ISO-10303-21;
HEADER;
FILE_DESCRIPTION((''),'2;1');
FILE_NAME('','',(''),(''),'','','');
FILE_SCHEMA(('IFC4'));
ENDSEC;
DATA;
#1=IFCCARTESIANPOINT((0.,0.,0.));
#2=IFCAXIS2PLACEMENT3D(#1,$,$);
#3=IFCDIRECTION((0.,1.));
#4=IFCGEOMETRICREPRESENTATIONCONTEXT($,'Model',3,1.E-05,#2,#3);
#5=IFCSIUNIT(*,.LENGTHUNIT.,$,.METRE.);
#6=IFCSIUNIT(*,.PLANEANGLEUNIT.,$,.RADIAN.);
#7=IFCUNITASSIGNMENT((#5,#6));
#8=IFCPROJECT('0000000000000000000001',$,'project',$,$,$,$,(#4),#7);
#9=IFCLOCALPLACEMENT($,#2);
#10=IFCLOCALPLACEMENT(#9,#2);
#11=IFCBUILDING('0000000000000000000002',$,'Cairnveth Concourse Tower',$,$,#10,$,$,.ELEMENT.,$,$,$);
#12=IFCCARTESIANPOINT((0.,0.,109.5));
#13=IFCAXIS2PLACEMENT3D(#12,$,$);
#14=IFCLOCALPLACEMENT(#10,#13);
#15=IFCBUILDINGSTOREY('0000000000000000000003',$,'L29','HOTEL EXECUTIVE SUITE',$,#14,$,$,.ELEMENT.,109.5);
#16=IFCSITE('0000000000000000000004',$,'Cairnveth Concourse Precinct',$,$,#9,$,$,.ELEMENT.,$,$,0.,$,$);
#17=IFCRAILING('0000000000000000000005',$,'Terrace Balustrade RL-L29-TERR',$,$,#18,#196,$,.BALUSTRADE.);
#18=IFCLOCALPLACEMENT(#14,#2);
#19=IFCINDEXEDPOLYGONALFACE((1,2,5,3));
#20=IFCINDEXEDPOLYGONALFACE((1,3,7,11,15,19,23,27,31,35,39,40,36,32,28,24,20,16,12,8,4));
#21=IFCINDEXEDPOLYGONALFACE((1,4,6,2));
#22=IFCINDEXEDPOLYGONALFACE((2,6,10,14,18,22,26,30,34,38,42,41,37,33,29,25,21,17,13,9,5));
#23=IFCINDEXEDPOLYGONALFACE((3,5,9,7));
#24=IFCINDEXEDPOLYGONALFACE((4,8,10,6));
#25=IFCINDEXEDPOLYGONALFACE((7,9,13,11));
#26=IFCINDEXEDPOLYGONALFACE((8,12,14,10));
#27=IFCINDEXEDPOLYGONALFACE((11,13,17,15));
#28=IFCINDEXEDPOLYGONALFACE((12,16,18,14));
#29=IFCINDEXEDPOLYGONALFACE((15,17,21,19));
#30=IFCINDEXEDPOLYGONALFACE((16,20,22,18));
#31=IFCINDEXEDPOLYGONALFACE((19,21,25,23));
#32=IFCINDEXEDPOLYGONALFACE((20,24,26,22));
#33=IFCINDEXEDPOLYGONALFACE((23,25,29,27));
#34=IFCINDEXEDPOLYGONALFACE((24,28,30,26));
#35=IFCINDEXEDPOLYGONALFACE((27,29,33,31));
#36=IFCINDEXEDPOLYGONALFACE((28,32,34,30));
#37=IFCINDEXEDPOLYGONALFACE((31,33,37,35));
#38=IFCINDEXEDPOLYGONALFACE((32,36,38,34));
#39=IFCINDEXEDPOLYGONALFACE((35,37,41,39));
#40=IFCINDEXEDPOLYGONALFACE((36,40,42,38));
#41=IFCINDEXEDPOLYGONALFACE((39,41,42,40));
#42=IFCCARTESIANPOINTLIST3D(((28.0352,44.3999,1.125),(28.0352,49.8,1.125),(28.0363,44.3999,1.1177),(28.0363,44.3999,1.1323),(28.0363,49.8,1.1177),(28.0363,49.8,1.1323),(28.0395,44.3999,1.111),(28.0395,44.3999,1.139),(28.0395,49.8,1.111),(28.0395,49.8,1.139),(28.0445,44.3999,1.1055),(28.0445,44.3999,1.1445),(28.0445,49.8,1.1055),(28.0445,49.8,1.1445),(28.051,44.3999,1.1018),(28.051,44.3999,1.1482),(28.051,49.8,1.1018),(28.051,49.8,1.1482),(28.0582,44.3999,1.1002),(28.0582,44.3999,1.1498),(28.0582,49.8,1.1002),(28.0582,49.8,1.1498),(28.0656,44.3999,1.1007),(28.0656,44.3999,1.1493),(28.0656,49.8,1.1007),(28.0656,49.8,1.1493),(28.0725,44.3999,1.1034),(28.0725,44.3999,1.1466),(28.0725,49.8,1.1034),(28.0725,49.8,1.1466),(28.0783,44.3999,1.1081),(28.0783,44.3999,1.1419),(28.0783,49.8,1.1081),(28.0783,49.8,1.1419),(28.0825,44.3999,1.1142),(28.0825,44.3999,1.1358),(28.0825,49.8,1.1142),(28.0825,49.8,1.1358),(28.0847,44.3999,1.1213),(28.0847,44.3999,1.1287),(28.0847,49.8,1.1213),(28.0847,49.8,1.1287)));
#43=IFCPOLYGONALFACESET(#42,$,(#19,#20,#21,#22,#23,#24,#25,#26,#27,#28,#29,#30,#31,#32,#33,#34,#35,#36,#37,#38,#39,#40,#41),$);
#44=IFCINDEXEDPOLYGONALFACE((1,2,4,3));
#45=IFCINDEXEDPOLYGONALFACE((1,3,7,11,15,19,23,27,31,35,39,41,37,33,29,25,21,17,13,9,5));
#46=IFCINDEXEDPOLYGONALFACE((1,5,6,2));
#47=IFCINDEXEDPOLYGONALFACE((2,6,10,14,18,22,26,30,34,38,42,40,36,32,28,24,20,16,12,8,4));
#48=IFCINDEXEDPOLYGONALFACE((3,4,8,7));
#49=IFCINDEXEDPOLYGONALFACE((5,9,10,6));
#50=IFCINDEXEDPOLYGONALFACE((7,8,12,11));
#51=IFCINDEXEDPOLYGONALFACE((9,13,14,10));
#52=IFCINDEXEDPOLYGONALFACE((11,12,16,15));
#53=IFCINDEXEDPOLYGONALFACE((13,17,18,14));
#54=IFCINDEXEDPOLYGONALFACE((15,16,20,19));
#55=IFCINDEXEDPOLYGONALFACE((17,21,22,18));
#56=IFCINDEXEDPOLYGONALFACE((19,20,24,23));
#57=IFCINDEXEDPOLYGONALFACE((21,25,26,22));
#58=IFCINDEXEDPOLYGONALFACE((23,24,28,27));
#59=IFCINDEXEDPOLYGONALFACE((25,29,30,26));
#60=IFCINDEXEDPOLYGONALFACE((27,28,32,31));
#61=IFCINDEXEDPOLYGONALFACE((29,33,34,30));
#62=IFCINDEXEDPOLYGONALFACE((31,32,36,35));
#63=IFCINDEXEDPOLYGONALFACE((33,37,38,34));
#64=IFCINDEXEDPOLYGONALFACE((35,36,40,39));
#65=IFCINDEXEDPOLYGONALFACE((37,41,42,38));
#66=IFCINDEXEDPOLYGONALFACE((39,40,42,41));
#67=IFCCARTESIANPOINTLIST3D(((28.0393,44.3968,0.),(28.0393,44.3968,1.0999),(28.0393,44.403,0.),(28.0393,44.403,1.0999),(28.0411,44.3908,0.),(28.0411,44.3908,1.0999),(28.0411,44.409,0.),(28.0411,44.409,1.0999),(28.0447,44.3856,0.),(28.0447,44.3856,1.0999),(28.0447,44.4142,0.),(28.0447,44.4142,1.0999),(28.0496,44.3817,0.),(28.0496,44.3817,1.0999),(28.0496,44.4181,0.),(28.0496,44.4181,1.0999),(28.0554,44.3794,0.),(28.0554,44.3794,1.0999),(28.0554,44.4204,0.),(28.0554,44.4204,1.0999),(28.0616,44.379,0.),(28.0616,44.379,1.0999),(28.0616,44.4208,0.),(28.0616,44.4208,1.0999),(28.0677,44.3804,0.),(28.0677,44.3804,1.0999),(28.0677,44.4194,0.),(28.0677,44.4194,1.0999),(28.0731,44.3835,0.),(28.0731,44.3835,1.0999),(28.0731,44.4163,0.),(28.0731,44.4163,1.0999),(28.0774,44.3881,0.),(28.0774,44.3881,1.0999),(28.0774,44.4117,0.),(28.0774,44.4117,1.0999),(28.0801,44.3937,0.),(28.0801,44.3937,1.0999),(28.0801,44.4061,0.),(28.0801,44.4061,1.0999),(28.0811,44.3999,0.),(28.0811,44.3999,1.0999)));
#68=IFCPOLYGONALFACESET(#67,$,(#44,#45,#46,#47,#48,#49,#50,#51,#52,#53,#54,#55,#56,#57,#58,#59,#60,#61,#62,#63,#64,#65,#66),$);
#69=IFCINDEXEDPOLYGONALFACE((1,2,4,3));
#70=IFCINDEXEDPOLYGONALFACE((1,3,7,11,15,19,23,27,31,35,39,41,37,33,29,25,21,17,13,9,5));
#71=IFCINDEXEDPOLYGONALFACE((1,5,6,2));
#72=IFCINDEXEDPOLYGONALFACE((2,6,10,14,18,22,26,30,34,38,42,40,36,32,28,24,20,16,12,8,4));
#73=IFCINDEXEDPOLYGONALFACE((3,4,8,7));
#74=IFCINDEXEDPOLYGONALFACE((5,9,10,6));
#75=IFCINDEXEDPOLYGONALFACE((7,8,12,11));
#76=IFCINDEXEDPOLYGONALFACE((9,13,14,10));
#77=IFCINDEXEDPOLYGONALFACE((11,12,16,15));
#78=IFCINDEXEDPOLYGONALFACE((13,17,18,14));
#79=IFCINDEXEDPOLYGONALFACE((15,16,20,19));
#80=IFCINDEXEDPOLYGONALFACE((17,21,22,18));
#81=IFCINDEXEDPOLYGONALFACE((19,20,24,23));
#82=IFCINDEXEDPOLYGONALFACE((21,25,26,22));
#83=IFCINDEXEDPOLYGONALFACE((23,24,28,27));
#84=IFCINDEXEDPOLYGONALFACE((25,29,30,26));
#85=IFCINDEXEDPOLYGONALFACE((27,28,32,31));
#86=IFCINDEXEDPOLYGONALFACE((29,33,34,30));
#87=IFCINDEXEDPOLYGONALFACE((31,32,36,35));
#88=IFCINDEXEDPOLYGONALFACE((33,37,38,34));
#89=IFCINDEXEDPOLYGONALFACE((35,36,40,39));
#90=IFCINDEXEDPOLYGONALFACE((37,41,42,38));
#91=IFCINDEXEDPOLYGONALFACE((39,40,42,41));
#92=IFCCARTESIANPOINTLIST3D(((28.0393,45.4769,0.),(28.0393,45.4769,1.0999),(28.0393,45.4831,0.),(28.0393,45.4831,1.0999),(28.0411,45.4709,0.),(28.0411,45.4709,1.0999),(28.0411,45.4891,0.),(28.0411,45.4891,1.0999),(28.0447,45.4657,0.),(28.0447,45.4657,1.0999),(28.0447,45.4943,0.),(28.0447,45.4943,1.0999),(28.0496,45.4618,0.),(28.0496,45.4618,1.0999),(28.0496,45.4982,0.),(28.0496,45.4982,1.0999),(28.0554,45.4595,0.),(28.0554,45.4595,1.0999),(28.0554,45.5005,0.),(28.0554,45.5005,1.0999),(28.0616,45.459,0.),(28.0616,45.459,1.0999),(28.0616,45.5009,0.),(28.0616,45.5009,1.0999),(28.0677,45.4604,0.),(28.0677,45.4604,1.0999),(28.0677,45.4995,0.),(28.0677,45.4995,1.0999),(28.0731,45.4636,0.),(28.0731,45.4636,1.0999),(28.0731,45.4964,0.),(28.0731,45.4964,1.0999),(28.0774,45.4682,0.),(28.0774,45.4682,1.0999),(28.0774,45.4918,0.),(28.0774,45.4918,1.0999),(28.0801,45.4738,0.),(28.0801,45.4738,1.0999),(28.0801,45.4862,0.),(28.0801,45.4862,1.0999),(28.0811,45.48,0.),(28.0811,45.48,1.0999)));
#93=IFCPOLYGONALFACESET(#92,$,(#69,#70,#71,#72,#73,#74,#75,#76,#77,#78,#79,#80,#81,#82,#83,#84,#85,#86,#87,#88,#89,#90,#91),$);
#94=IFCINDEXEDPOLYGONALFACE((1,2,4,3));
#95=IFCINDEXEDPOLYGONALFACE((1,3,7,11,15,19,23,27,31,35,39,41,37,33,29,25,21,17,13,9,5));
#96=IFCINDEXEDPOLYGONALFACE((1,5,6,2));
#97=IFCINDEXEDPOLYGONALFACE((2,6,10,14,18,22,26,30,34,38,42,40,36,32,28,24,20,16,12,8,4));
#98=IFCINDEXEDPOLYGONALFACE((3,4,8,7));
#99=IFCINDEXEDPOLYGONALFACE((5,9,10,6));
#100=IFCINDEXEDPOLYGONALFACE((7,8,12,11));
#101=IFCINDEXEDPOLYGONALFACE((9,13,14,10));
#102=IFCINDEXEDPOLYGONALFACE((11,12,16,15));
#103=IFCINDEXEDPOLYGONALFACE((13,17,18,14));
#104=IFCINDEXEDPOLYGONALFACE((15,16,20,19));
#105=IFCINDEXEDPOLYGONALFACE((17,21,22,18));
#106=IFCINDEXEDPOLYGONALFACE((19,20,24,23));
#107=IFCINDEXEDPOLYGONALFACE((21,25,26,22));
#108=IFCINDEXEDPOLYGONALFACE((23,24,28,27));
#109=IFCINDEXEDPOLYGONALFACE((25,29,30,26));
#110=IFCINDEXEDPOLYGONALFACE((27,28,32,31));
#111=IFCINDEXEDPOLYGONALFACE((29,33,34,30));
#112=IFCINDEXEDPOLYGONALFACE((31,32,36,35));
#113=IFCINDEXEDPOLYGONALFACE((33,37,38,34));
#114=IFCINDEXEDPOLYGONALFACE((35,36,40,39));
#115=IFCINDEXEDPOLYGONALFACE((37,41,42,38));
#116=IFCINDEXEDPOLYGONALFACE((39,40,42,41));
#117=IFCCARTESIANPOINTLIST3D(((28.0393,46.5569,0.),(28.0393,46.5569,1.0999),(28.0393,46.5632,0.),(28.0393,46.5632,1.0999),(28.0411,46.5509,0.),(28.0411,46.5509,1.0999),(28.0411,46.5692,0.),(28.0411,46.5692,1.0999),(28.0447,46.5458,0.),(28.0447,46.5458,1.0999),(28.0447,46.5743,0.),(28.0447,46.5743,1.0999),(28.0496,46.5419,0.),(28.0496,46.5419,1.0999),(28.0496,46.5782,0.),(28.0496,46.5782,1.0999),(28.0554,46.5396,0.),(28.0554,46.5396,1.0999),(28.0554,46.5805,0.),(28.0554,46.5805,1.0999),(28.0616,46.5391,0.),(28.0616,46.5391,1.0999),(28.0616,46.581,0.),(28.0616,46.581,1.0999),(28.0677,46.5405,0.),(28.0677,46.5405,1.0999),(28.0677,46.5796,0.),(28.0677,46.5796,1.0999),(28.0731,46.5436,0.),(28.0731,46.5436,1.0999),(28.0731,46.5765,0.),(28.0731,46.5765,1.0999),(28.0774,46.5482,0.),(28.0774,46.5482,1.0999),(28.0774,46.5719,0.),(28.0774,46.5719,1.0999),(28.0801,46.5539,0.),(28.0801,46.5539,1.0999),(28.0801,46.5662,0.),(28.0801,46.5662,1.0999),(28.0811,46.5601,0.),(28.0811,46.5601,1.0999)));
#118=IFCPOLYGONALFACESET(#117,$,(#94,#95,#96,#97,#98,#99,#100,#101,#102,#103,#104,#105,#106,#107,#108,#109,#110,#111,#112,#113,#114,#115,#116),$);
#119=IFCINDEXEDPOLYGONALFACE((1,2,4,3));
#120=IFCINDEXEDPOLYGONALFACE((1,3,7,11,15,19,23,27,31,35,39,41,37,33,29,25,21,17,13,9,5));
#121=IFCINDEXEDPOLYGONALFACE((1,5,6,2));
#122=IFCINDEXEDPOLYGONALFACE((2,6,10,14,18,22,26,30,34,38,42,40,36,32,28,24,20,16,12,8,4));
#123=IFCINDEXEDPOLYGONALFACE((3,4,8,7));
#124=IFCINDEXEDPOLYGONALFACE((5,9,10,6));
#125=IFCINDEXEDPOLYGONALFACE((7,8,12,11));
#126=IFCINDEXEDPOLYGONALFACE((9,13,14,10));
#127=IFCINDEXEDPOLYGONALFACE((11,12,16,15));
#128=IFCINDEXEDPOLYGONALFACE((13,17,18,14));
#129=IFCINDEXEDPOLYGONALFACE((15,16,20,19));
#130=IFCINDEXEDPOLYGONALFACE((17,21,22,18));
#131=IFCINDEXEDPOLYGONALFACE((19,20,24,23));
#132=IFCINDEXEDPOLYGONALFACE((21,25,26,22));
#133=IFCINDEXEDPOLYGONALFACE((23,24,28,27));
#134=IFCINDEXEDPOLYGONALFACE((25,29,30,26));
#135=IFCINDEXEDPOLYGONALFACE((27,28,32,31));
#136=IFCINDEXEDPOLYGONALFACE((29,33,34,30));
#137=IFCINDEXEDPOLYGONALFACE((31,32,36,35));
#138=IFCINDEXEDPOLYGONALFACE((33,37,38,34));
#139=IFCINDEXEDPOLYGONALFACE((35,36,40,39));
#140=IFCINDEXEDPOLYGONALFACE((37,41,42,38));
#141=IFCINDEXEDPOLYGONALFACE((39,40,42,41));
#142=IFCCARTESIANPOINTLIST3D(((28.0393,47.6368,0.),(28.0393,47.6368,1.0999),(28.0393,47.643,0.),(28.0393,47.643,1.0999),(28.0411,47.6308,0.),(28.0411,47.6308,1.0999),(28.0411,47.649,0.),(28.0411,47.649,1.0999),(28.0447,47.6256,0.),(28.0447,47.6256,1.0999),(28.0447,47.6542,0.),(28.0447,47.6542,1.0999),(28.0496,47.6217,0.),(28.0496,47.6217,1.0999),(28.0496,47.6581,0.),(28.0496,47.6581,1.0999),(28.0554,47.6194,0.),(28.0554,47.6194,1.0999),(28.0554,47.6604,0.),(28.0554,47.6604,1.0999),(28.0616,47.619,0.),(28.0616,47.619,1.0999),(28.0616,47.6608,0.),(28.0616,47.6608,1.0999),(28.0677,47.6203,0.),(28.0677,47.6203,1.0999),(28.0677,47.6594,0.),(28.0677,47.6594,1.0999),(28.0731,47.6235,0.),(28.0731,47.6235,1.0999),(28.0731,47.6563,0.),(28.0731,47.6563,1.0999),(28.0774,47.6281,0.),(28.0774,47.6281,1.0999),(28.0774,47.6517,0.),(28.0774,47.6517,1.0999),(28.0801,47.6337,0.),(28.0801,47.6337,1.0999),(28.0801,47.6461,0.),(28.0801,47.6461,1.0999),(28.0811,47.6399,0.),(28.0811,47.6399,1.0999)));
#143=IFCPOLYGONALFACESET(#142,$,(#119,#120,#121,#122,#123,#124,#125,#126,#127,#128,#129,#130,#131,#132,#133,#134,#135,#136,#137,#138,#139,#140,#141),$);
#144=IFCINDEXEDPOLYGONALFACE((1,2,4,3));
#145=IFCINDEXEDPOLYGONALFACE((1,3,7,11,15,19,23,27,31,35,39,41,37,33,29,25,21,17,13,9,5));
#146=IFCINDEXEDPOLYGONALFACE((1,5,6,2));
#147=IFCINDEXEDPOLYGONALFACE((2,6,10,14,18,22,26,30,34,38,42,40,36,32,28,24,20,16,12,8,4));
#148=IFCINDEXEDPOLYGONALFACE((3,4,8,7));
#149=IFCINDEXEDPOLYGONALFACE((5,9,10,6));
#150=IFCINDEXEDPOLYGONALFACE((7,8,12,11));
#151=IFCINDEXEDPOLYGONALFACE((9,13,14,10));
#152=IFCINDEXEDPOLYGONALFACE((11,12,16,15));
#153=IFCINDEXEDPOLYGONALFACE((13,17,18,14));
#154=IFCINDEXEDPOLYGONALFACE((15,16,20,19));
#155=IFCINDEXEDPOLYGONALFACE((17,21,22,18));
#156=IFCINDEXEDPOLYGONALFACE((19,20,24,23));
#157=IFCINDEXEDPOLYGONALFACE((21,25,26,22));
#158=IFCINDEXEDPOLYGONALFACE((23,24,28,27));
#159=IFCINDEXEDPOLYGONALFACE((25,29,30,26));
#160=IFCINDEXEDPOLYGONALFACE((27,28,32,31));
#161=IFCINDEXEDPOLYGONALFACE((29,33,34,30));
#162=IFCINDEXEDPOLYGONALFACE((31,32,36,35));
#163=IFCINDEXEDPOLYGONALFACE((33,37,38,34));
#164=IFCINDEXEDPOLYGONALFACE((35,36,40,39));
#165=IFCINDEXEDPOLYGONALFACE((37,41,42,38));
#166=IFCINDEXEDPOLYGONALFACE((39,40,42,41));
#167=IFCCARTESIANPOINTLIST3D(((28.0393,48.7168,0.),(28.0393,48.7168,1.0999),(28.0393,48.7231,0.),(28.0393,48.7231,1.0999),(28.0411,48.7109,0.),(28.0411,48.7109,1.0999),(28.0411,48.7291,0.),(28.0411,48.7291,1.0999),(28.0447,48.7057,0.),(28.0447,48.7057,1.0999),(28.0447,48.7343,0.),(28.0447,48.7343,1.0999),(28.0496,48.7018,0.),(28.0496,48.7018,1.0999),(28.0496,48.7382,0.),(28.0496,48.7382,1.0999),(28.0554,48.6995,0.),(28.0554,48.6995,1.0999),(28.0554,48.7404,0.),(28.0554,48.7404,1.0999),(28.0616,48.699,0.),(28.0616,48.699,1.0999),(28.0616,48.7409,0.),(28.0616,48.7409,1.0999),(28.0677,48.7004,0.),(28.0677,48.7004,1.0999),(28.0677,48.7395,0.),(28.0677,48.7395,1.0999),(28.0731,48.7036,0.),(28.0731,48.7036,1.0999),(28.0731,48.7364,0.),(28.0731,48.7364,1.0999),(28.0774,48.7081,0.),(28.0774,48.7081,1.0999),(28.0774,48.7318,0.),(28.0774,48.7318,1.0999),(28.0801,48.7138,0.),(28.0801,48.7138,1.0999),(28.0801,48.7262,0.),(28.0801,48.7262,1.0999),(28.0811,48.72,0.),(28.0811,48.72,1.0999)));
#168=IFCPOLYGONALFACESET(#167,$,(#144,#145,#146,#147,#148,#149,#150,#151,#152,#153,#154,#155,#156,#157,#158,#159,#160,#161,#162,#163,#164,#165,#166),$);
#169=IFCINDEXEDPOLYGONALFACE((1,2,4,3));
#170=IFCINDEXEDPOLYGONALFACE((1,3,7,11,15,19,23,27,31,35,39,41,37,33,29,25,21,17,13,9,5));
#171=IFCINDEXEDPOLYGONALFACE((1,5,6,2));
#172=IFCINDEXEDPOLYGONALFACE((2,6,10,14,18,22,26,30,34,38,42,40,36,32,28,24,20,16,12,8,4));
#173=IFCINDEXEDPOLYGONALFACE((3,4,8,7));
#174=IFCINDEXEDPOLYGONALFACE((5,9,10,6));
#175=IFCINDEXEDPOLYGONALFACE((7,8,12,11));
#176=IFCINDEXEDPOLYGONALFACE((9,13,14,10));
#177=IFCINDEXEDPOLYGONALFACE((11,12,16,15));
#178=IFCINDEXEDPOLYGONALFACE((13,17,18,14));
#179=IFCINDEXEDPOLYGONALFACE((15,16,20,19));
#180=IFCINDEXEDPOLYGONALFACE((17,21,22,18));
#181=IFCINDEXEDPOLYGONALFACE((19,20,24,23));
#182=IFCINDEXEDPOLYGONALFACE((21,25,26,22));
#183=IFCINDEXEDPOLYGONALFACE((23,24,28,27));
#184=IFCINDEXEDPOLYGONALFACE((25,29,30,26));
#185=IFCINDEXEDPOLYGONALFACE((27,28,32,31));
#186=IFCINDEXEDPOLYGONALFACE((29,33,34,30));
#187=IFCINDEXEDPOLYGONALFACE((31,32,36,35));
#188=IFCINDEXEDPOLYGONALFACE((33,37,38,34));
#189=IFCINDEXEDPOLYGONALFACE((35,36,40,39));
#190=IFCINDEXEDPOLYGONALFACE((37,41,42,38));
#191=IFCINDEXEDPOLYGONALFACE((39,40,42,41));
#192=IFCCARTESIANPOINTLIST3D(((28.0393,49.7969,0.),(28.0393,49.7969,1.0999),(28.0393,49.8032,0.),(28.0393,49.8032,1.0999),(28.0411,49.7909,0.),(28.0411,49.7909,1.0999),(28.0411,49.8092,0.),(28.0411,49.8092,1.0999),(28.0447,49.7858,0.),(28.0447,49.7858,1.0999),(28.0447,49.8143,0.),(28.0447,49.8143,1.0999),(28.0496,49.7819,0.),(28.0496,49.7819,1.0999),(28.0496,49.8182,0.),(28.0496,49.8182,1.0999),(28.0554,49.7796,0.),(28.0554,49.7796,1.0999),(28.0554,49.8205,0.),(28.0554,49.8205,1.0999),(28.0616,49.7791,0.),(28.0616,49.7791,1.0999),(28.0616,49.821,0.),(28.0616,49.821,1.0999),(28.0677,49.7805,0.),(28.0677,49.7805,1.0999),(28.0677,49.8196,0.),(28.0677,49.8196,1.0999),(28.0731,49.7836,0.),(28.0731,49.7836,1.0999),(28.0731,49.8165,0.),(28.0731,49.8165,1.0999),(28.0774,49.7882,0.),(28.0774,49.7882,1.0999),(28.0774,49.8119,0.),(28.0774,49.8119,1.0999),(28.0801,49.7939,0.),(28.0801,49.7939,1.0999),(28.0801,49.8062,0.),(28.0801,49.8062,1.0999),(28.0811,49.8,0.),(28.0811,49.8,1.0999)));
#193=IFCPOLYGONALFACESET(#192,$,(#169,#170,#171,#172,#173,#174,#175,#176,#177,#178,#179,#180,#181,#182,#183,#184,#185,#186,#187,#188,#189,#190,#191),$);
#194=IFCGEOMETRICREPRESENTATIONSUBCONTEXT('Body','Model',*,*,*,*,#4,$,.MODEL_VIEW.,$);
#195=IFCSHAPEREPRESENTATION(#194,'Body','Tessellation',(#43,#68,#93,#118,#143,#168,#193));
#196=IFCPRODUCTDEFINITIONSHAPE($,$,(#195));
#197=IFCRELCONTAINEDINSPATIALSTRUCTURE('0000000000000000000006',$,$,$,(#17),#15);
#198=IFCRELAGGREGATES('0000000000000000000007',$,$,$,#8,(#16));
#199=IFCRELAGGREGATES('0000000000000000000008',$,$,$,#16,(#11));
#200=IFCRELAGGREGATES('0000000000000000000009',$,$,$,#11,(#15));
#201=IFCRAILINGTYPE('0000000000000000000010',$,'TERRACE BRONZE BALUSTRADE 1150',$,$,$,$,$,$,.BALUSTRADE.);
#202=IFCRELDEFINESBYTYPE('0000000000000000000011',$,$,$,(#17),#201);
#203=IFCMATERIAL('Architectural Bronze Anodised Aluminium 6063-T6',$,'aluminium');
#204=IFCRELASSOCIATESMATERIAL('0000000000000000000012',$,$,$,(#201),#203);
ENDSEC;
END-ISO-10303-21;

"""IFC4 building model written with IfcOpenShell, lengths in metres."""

from ifc_helpers import new_model, si_unit, direction, frame, origin, origin_2d, place, context, subcontext, project, spatial, circle, extrude, material, type_object, element, save


model = new_model("IFC4")

# Units and contexts
model_context = context("Model", 3, precision=1e-05, world=origin(), true_north=direction((0.0, 1.0)))
body_context = subcontext(model_context, "Body", "Model", "MODEL_VIEW")
ifc_project = project(units=[si_unit("LENGTHUNIT", "METRE"), si_unit("PLANEANGLEUNIT", "RADIAN")], contexts=[model_context])

# Site, building, storey
site_placement = place(None, origin())
site = spatial("IfcSite", under=ifc_project, at=site_placement, Name="Cairnveth Concourse Precinct", CompositionType="ELEMENT", RefElevation=0.0)
building_placement = place(site_placement, origin())
building = spatial("IfcBuilding", under=site, at=building_placement, Name="Cairnveth Concourse Tower", CompositionType="ELEMENT")
storey_placement = place(building_placement, frame((0.0, 0.0, 109.5)))
storey = spatial("IfcBuildingStorey", under=building, at=storey_placement, Name="L29", Description="HOTEL EXECUTIVE SUITE", CompositionType="ELEMENT", Elevation=109.5)

# Shared definitions
ifc_material_1 = material(Name="Architectural Bronze Anodised Aluminium 6063-T6", Category="aluminium")

# Railing
railing_type_1 = type_object("IfcRailingType", Name="TERRACE BRONZE BALUSTRADE 1150", PredefinedType="BALUSTRADE", material=ifc_material_1)
railing_1_placement = place(storey_placement, frame((28.0601, 44.3999, 0.0)))
element("IfcRailing", 1, at=railing_1_placement, inside=storey, type_object=railing_type_1, Name="Terrace Balustrade RL-L29-TERR", PredefinedType="BALUSTRADE", context=body_context, shape_type="SweptSolid", body=[
    extrude(circle(Radius=0.0249, at=origin_2d()), frame((0.0, 0.0, 1.125), z_axis=(0.0, 1.0, 0.0), x_axis=(-1.0, 0.0, 0.0)), (0.0, 0.0, 1.0), 5.4001),
    extrude(circle(Radius=0.021, at=origin_2d()), origin(), (0.0, 0.0, 1.0), 1.0999),
    extrude(circle(Radius=0.021, at=origin_2d()), frame((0.0, 1.0801, 0.0)), (0.0, 0.0, 1.0), 1.0999),
    extrude(circle(Radius=0.021, at=origin_2d()), frame((0.0, 2.1602, 0.0)), (0.0, 0.0, 1.0), 1.0999),
    extrude(circle(Radius=0.021, at=origin_2d()), frame((0.0, 3.24, 0.0)), (0.0, 0.0, 1.0), 1.0999),
    extrude(circle(Radius=0.021, at=origin_2d()), frame((0.0, 4.3201, 0.0)), (0.0, 0.0, 1.0), 1.0999),
    extrude(circle(Radius=0.021, at=origin_2d()), frame((0.0, 5.4001, 0.0)), (0.0, 0.0, 1.0), 1.0999),
])

save(model, "model.ifc")
